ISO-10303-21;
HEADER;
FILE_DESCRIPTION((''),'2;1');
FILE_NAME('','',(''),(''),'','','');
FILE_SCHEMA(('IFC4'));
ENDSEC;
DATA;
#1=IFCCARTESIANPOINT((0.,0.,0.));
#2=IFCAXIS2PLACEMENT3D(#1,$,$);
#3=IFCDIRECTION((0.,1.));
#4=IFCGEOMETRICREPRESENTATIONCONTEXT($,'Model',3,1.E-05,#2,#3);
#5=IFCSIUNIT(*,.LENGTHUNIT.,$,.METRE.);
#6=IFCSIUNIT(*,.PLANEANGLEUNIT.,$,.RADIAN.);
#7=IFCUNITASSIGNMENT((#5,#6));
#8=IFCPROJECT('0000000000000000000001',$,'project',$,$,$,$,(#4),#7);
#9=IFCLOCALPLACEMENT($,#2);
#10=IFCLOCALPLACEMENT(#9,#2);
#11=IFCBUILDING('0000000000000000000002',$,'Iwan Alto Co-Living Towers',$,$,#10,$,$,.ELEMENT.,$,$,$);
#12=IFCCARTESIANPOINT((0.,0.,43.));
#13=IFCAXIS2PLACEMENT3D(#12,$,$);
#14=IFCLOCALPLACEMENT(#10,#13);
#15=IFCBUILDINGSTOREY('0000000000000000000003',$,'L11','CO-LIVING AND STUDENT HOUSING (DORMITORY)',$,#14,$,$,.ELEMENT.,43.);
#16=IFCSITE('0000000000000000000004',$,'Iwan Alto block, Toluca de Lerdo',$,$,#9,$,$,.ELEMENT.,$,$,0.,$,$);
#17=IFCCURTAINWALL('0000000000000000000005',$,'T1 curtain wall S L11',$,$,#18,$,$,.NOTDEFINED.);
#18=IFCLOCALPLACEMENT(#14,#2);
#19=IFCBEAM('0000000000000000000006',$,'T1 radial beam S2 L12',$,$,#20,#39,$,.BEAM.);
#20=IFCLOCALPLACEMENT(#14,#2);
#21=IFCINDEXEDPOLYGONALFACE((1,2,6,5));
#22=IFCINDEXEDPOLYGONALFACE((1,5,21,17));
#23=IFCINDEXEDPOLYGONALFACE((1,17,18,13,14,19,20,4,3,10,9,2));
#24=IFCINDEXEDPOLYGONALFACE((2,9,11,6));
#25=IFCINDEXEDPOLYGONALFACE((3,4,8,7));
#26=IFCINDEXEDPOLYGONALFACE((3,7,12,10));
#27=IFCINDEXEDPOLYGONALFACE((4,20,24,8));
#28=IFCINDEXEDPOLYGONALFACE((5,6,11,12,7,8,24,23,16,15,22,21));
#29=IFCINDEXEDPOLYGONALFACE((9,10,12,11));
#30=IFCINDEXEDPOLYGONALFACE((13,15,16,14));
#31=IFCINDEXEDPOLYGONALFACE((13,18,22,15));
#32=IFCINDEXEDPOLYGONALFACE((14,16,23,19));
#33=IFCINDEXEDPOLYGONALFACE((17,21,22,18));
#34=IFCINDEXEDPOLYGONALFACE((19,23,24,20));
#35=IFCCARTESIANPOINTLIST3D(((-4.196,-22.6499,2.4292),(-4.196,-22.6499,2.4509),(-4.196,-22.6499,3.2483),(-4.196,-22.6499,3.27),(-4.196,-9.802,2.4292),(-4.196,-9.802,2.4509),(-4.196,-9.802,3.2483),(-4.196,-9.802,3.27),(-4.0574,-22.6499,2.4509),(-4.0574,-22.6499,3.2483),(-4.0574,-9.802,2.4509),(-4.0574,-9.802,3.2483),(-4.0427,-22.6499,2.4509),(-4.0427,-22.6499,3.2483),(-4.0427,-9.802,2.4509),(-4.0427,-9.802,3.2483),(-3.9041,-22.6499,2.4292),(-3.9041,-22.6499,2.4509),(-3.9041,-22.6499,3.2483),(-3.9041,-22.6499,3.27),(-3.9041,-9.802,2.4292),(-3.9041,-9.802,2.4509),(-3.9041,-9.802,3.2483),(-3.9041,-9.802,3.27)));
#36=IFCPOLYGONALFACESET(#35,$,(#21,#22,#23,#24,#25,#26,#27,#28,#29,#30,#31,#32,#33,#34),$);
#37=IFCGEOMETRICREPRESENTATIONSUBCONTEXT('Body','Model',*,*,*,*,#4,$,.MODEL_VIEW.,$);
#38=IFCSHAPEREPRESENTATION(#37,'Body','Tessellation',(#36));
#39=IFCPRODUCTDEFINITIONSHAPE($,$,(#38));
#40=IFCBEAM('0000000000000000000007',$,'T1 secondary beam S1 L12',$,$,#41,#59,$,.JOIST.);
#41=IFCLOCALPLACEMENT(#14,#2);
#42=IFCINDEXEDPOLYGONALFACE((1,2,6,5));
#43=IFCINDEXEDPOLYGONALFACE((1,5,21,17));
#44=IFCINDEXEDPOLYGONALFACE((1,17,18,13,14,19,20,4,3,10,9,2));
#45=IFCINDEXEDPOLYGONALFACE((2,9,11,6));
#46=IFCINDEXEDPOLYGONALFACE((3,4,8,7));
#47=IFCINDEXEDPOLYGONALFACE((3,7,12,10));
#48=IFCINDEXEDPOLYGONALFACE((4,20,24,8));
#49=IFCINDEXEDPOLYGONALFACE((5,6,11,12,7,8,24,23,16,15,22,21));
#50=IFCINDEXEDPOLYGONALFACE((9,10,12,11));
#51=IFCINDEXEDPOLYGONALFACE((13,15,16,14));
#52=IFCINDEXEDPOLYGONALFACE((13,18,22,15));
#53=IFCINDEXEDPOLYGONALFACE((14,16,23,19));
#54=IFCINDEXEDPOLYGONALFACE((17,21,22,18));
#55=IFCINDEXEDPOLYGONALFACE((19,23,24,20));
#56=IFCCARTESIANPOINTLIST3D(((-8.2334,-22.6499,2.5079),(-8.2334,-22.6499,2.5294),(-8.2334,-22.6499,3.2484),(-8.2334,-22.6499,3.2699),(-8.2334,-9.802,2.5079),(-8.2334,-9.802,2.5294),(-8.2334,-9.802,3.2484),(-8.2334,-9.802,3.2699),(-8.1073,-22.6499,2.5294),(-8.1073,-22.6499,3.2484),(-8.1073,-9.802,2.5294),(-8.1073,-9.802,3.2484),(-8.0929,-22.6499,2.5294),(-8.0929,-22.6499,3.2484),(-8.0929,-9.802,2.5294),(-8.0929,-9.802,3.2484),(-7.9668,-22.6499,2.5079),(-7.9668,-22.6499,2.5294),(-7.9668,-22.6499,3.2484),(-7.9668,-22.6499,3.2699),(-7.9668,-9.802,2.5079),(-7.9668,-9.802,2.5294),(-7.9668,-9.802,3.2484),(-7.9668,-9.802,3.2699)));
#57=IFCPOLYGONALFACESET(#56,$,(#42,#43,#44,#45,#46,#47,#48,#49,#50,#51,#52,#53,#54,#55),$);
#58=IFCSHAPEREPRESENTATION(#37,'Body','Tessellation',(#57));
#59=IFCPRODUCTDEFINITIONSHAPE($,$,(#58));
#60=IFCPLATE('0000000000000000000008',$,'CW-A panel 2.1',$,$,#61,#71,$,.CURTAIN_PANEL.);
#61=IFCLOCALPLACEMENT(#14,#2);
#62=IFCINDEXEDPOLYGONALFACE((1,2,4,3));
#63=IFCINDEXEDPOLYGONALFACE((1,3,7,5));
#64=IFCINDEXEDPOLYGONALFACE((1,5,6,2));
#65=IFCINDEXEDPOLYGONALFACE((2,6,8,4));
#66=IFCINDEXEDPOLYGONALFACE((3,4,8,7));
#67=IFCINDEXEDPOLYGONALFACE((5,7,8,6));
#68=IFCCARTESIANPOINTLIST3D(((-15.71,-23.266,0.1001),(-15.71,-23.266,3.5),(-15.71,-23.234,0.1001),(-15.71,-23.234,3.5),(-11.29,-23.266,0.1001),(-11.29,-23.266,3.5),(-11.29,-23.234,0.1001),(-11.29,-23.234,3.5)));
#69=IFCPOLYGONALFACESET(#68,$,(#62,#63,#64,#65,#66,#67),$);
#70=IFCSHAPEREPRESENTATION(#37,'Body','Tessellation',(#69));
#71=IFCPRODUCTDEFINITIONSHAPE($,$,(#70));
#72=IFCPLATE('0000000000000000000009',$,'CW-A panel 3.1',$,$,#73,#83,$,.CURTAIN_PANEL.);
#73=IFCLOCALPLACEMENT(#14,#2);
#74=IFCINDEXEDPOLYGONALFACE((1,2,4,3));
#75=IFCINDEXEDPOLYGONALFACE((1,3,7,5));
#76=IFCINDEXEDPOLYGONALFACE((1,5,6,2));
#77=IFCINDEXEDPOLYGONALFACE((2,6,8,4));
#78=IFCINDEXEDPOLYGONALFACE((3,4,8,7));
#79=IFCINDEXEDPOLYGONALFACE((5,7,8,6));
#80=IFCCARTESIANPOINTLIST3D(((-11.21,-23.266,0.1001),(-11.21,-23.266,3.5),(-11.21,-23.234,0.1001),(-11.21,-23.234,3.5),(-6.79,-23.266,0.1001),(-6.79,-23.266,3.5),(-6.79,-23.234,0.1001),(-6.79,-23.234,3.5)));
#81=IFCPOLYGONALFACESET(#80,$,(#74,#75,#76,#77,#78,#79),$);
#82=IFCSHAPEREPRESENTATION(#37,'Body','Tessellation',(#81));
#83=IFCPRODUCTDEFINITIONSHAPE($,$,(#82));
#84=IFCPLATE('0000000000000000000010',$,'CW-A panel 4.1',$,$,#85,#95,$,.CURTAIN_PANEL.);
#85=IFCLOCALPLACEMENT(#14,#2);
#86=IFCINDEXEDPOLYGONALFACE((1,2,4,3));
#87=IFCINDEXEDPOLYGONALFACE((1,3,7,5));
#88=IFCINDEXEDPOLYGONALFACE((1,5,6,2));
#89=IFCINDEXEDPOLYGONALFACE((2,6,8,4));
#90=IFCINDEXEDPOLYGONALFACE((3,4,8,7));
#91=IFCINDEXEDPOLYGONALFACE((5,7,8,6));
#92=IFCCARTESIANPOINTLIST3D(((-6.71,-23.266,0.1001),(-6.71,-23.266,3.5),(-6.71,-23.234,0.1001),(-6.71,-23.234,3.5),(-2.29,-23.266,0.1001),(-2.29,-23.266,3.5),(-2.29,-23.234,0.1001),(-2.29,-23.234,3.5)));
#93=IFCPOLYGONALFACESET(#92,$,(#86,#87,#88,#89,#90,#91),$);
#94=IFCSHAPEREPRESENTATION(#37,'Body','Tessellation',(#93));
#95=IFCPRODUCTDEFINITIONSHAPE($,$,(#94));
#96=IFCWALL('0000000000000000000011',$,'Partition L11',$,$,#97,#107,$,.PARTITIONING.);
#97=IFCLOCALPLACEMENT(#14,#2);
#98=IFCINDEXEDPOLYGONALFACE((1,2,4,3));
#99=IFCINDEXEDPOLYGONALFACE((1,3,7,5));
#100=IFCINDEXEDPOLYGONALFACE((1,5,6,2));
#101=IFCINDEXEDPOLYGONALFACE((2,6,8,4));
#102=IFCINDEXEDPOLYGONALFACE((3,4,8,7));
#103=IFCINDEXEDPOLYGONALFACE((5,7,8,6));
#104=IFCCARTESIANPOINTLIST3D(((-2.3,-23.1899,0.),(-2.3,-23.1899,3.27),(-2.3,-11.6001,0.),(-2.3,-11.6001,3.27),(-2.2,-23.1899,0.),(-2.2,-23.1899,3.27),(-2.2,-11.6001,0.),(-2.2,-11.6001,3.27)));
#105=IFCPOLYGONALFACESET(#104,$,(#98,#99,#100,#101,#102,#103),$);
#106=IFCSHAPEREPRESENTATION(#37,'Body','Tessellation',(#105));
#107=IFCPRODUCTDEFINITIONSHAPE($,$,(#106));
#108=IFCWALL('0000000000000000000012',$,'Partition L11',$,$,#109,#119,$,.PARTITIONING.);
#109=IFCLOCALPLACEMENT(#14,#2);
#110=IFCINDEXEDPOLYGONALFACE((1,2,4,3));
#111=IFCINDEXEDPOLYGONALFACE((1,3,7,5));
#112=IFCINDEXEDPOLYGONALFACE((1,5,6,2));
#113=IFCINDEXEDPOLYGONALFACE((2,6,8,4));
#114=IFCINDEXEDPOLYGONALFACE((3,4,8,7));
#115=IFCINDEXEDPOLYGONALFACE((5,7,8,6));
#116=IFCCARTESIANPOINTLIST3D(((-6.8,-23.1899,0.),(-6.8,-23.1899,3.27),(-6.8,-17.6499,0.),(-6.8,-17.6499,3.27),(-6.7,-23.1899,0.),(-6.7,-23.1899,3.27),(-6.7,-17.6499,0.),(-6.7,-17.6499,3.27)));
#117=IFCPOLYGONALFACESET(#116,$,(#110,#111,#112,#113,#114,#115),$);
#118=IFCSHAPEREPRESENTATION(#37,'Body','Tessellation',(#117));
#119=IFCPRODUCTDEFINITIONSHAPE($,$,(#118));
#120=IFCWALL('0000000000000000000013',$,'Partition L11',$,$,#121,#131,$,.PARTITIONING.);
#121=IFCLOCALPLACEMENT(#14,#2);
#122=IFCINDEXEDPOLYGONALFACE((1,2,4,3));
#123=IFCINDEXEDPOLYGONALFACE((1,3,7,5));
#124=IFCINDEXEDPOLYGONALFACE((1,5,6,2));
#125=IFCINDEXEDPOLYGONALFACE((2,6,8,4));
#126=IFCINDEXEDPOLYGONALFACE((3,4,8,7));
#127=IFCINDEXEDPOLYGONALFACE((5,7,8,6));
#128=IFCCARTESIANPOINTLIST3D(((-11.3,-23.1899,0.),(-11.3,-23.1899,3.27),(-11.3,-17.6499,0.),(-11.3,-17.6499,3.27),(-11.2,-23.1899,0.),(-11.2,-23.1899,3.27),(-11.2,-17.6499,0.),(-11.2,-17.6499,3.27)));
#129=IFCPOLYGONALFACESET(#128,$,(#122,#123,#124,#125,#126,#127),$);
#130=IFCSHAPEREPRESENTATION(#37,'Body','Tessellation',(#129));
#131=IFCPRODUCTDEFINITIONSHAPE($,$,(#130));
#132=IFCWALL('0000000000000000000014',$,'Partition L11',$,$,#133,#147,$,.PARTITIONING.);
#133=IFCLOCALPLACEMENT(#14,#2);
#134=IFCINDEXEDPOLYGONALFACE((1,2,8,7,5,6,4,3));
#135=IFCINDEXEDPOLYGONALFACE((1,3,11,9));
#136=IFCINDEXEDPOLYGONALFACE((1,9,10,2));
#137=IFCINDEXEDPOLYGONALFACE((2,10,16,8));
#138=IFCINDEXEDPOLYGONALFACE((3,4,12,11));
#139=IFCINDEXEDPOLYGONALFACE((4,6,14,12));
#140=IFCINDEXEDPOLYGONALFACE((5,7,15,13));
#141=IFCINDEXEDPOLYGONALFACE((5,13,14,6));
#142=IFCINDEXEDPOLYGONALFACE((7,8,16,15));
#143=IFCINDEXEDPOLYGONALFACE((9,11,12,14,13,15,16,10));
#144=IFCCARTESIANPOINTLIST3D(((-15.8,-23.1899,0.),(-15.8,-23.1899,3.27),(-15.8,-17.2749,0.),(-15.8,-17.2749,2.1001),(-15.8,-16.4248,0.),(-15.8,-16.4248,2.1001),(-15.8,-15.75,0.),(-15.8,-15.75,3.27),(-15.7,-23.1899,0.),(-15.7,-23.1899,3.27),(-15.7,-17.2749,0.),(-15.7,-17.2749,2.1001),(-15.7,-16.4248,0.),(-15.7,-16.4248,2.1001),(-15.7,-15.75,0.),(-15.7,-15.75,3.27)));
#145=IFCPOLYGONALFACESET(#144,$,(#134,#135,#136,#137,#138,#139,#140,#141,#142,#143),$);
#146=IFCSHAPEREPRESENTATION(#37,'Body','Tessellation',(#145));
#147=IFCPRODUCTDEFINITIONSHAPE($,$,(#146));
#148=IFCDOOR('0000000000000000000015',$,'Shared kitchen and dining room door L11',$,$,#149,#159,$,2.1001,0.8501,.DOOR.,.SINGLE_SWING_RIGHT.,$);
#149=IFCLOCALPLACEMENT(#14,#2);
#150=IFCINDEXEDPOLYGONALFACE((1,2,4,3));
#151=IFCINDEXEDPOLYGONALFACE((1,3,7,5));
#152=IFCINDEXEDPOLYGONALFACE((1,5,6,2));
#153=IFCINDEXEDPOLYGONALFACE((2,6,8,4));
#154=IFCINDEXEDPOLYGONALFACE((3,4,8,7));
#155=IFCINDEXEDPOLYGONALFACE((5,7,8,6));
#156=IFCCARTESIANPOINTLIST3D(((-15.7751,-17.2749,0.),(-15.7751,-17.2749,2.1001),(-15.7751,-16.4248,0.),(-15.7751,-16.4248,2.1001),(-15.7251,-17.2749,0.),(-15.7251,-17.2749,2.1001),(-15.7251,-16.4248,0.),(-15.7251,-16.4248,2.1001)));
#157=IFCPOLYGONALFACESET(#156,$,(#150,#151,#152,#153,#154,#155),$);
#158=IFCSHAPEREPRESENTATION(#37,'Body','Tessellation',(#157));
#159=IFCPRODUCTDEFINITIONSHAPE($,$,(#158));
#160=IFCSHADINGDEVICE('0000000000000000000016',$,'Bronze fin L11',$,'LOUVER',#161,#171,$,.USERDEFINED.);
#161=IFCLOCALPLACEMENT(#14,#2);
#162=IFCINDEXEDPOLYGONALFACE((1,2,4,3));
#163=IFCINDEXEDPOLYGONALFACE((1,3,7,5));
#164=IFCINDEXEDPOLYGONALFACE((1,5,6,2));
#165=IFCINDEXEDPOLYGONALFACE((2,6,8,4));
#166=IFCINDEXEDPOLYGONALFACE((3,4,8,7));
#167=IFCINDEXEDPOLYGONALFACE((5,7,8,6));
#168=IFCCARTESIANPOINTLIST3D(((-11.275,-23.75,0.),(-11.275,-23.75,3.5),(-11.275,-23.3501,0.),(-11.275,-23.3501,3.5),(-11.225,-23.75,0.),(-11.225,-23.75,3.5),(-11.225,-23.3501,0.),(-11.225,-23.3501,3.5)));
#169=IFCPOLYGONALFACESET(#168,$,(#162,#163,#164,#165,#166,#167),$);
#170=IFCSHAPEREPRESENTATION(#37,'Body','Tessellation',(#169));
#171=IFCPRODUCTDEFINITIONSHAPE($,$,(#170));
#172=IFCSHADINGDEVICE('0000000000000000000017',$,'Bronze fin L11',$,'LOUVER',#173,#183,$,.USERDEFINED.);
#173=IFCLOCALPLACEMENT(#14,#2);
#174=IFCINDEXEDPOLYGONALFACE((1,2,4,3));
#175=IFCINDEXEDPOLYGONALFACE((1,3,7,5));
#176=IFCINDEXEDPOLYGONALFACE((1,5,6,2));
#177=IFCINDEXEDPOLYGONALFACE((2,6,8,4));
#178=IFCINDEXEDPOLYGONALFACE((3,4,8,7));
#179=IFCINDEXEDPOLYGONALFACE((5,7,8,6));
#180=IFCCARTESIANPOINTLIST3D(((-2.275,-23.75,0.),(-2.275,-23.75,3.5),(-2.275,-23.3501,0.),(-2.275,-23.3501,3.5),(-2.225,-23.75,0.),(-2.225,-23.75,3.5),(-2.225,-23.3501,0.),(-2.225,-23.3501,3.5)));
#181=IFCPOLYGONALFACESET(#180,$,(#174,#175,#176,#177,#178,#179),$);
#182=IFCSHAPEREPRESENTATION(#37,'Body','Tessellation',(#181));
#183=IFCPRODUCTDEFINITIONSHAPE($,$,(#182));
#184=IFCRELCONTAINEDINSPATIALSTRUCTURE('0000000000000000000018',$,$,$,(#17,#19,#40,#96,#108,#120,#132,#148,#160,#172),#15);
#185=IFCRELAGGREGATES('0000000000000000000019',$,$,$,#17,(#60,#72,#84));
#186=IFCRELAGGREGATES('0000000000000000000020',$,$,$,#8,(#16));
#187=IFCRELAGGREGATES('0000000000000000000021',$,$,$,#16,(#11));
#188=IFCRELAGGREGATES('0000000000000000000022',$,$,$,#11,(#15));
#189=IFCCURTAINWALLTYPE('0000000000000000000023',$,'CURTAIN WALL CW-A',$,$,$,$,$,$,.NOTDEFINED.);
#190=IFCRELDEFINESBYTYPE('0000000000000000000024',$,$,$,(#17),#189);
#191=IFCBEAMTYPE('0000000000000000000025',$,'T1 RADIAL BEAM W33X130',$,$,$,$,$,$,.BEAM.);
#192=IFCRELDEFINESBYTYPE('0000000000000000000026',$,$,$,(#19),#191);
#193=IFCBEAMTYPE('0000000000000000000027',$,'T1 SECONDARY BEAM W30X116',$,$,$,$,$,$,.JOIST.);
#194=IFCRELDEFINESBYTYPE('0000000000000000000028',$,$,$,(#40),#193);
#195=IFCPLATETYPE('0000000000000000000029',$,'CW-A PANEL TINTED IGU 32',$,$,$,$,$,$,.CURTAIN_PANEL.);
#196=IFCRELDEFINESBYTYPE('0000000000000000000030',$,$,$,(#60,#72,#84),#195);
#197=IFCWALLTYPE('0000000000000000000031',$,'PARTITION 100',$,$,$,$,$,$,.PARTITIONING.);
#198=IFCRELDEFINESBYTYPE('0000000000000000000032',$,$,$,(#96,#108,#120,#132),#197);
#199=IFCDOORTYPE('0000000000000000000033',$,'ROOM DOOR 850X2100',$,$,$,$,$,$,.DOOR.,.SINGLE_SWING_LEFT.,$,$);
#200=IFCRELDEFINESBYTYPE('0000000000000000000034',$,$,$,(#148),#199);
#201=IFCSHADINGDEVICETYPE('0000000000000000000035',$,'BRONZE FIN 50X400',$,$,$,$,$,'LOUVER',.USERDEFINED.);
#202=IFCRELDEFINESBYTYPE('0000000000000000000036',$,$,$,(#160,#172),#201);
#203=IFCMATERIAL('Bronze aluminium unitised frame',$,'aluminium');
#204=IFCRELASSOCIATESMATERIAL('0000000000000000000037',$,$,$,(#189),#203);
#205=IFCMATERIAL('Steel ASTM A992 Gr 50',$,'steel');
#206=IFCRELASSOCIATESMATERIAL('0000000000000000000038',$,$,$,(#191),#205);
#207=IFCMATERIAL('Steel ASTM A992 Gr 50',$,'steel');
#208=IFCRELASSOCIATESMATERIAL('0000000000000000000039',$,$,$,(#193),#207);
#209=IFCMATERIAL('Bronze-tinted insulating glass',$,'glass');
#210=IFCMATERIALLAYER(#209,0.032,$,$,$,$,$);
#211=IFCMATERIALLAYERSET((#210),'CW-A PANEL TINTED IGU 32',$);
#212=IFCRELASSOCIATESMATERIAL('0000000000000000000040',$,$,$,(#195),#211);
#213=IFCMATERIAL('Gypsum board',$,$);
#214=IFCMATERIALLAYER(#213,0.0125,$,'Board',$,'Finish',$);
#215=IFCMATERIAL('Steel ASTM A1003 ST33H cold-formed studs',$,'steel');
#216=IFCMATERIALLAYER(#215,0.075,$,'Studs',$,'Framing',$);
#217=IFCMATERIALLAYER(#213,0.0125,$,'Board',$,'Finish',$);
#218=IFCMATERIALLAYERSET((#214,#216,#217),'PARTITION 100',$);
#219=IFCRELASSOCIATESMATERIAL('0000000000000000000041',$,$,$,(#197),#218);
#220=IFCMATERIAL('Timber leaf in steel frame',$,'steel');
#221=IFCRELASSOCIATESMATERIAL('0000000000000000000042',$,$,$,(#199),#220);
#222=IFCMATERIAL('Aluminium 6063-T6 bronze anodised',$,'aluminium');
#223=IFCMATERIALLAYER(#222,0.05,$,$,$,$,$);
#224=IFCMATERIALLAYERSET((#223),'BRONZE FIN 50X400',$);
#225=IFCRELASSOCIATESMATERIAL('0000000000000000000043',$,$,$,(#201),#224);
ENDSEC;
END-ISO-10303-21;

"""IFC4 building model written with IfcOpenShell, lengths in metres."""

from ifc_helpers import new_model, si_unit, direction, frame, frame_2d, origin, origin_2d, place, context, subcontext, project, spatial, rectangle, i_section, extrude, material, layer, layer_set, material_profile, profile_set, type_object, element, fill, aggregate, save


model = new_model("IFC4")

# Units and contexts
model_context = context("Model", 3, precision=1e-05, world=origin(), true_north=direction((0.0, 1.0)))
body_context = subcontext(model_context, "Body", "Model", "MODEL_VIEW")
ifc_project = project(units=[si_unit("LENGTHUNIT", "METRE"), si_unit("PLANEANGLEUNIT", "RADIAN")], contexts=[model_context])

# Site, building, storey
site_placement = place(None, origin())
site = spatial("IfcSite", under=ifc_project, at=site_placement, Name="Iwan Alto block, Toluca de Lerdo", CompositionType="ELEMENT", RefElevation=0.0)
building_placement = place(site_placement, origin())
building = spatial("IfcBuilding", under=site, at=building_placement, Name="Iwan Alto Co-Living Towers", CompositionType="ELEMENT")
storey_placement = place(building_placement, frame((0.0, 0.0, 43.0)))
storey = spatial("IfcBuildingStorey", under=building, at=storey_placement, Name="L11", Description="CO-LIVING AND STUDENT HOUSING (DORMITORY)", CompositionType="ELEMENT", Elevation=43.0)

# Curtain wall
ifc_material_1 = material(Name="Bronze aluminium unitised frame", Category="aluminium")
curtain_wall_type = type_object("IfcCurtainWallType", Name="CURTAIN WALL CW-A", PredefinedType="NOTDEFINED", material=ifc_material_1)
curtain_wall_placement = place(storey_placement, origin())
curtain_wall = element("IfcCurtainWall", 1, at=curtain_wall_placement, inside=storey, type_object=curtain_wall_type, Name="T1 curtain wall S L11", PredefinedType="NOTDEFINED")

# Beams
ifc_material_2 = material(Name="Steel ASTM A992 Gr 50", Category="steel")
ifc_material_profile_1 = material_profile(ifc_material_2, i_section(OverallWidth=0.292, OverallDepth=0.8408, WebThickness=0.0146, FlangeThickness=0.0217, at=origin_2d()), Name="W33X130")
ifc_profile_set_1 = profile_set([ifc_material_profile_1], Name="Steel ASTM A992 Gr 50")
beam_type_1 = type_object("IfcBeamType", Name="T1 RADIAL BEAM W33X130", PredefinedType="BEAM", material=ifc_profile_set_1)
beam_1_placement = place(storey_placement, frame((-4.05, -22.6499, 2.8496), z_axis=(0.0, 1.0, 0.0), x_axis=(-1.0, 0.0, 0.0)))
element("IfcBeam", 2, at=beam_1_placement, inside=storey, type_object=beam_type_1, Name="T1 radial beam S2 L12", PredefinedType="BEAM", context=body_context, shape_type="SweptSolid", body=[
    extrude(i_section(OverallWidth=0.292, OverallDepth=0.8408, WebThickness=0.0146, FlangeThickness=0.0217, at=origin_2d()), origin(), (0.0, 0.0, 1.0), 12.8479),
])
ifc_material_3 = material(Name="Steel ASTM A992 Gr 50", Category="steel")
ifc_material_profile_2 = material_profile(ifc_material_3, i_section(OverallWidth=0.2666, OverallDepth=0.762, WebThickness=0.0144, FlangeThickness=0.0215, at=origin_2d()), Name="W30X116")
ifc_profile_set_2 = profile_set([ifc_material_profile_2], Name="Steel ASTM A992 Gr 50")
beam_type_2 = type_object("IfcBeamType", Name="T1 SECONDARY BEAM W30X116", PredefinedType="JOIST", material=ifc_profile_set_2)
beam_2_placement = place(storey_placement, frame((-8.1001, -22.6499, 2.8889), z_axis=(0.0, 1.0, 0.0), x_axis=(-1.0, 0.0, 0.0)))
element("IfcBeam", 3, at=beam_2_placement, inside=storey, type_object=beam_type_2, Name="T1 secondary beam S1 L12", PredefinedType="JOIST", context=body_context, shape_type="SweptSolid", body=[
    extrude(i_section(OverallWidth=0.2666, OverallDepth=0.762, WebThickness=0.0144, FlangeThickness=0.0215, at=origin_2d()), origin(), (0.0, 0.0, 1.0), 12.8479),
])

# Plates
ifc_material_4 = material(Name="Bronze-tinted insulating glass", Category="glass")
ifc_layer_1 = layer(ifc_material_4, 0.032)
ifc_layer_set_1 = layer_set([ifc_layer_1], Name="CW-A PANEL TINTED IGU 32")
plate_type = type_object("IfcPlateType", Name="CW-A PANEL TINTED IGU 32", PredefinedType="CURTAIN_PANEL", material=ifc_layer_set_1)
plate_1_placement = place(storey_placement, frame((-13.5, -23.25, 0.1001), z_axis=(0.0, 0.0, 1.0), x_axis=(1.0, 0.0, 0.0)))
plate_1 = element("IfcPlate", 4, at=plate_1_placement, type_object=plate_type, Name="CW-A panel 2.1", PredefinedType="CURTAIN_PANEL", context=body_context, shape_type="SweptSolid", body=[
    extrude(rectangle(XDim=4.4199, YDim=0.032, at=origin_2d()), origin(), (0.0, 0.0, 1.0), 3.3999),
])
plate_2_placement = place(storey_placement, frame((-9.0, -23.25, 0.1001), z_axis=(0.0, 0.0, 1.0), x_axis=(1.0, 0.0, 0.0)))
plate_2 = element("IfcPlate", 5, at=plate_2_placement, type_object=plate_type, Name="CW-A panel 3.1", PredefinedType="CURTAIN_PANEL", context=body_context, shape_type="SweptSolid", body=[
    extrude(rectangle(XDim=4.4199, YDim=0.032, at=origin_2d()), origin(), (0.0, 0.0, 1.0), 3.3999),
])
plate_3_placement = place(storey_placement, frame((-4.5, -23.25, 0.1001), z_axis=(0.0, 0.0, 1.0), x_axis=(1.0, 0.0, 0.0)))
plate_3 = element("IfcPlate", 6, at=plate_3_placement, type_object=plate_type, Name="CW-A panel 4.1", PredefinedType="CURTAIN_PANEL", context=body_context, shape_type="SweptSolid", body=[
    extrude(rectangle(XDim=4.4199, YDim=0.032, at=origin_2d()), origin(), (0.0, 0.0, 1.0), 3.3999),
])
aggregate(curtain_wall, [plate_1, plate_2, plate_3])

# Walls
ifc_material_5 = material(Name="Gypsum board")
ifc_layer_2 = layer(ifc_material_5, 0.0125, Name="Board", Category="Finish")
ifc_material_6 = material(Name="Steel ASTM A1003 ST33H cold-formed studs", Category="steel")
ifc_layer_3 = layer(ifc_material_6, 0.075, Name="Studs", Category="Framing")
ifc_layer_4 = layer(ifc_material_5, 0.0125, Name="Board", Category="Finish")
ifc_layer_set_2 = layer_set([ifc_layer_2, ifc_layer_3, ifc_layer_4], Name="PARTITION 100")
wall_type = type_object("IfcWallType", Name="PARTITION 100", PredefinedType="PARTITIONING", material=ifc_layer_set_2)
wall_1_placement = place(storey_placement, frame((-2.25, -23.1899, 0.0), z_axis=(0.0, 0.0, 1.0), x_axis=(0.0, 1.0, 0.0)))
element("IfcWall", 7, at=wall_1_placement, inside=storey, type_object=wall_type, Name="Partition L11", PredefinedType="PARTITIONING", context=body_context, shape_type="SweptSolid", body=[
    extrude(rectangle(XDim=11.5898, YDim=0.1001, at=frame_2d((5.7949, 0.0))), origin(), (0.0, 0.0, 1.0), 3.27),
])
for number, where, z_axis, x_axis, name in (
    (8, (-6.75, -23.1899, 0.0), (0.0, 0.0, 1.0), (0.0, 1.0, 0.0), "Partition L11"),
    (9, (-11.25, -23.1899, 0.0), (0.0, 0.0, 1.0), (0.0, 1.0, 0.0), "Partition L11"),
):
    element("IfcWall", number, at=place(storey_placement, frame(where, z_axis=z_axis, x_axis=x_axis)), inside=storey, type_object=wall_type, Name=name, PredefinedType="PARTITIONING", context=body_context, shape_type="SweptSolid", body=[
        extrude(rectangle(XDim=5.54, YDim=0.1001, at=frame_2d((2.77, 0.0))), origin(), (0.0, 0.0, 1.0), 3.27),
    ])

# Wall, opening, door
wall_2_placement = place(storey_placement, frame((-15.75, -23.1899, 0.0), z_axis=(0.0, 0.0, 1.0), x_axis=(0.0, 1.0, 0.0)))
wall_2 = element("IfcWall", 10, at=wall_2_placement, inside=storey, type_object=wall_type, Name="Partition L11", PredefinedType="PARTITIONING", context=body_context, shape_type="SweptSolid", body=[
    extrude(rectangle(XDim=7.4399, YDim=0.1001, at=frame_2d((3.72, 0.0))), origin(), (0.0, 0.0, 1.0), 3.27),
])
opening_placement = place(wall_2_placement, frame((5.915, 0.0, 0.0)))
opening = element("IfcOpeningElement", 11, at=opening_placement, cuts=wall_2, PredefinedType="OPENING", context=body_context, shape_type="SweptSolid", body=[
    extrude(rectangle(XDim=0.8501, YDim=2.1001, at=frame_2d((0.425, 1.05))), frame((0.0, 0.0601, 0.0), z_axis=(0.0, -1.0, 0.0), x_axis=(1.0, 0.0, 0.0)), (0.0, 0.0, 1.0), 0.1201),
])
ifc_material_7 = material(Name="Timber leaf in steel frame", Category="steel")
door_type = type_object("IfcDoorType", Name="ROOM DOOR 850X2100", OperationType="SINGLE_SWING_LEFT", PredefinedType="DOOR", material=ifc_material_7)
door_placement = place(opening_placement, frame((0.8501, 0.0, 0.0), z_axis=(0.0, 0.0, 1.0), x_axis=(-1.0, 0.0, 0.0)))
door = element("IfcDoor", 12, at=door_placement, inside=storey, type_object=door_type, Name="Shared kitchen and dining room door L11", OperationType="SINGLE_SWING_RIGHT", OverallHeight=2.1001, OverallWidth=0.8501, PredefinedType="DOOR", context=body_context, shape_type="SweptSolid", body=[
    extrude(rectangle(XDim=0.8501, YDim=2.1001, at=frame_2d((0.425, 1.05))), frame((0.0, 0.0249, 0.0), z_axis=(0.0, -1.0, 0.0), x_axis=(1.0, 0.0, 0.0)), (0.0, 0.0, 1.0), 0.05),
])
fill(opening, door)

# Shading devices
ifc_material_8 = material(Name="Aluminium 6063-T6 bronze anodised", Category="aluminium")
ifc_layer_5 = layer(ifc_material_8, 0.05)
ifc_layer_set_3 = layer_set([ifc_layer_5], Name="BRONZE FIN 50X400")
shading_device_type = type_object("IfcShadingDeviceType", Name="BRONZE FIN 50X400", ElementType="LOUVER", PredefinedType="USERDEFINED", material=ifc_layer_set_3)
for number, where, z_axis, x_axis, name in (
    (13, (-11.25, -23.55, 0.0), (0.0, 0.0, 1.0), (1.0, 0.0, 0.0), "Bronze fin L11"),
    (14, (-2.25, -23.55, 0.0), (0.0, 0.0, 1.0), (1.0, 0.0, 0.0), "Bronze fin L11"),
):
    element("IfcShadingDevice", number, at=place(storey_placement, frame(where, z_axis=z_axis, x_axis=x_axis)), inside=storey, type_object=shading_device_type, Name=name, ObjectType="LOUVER", PredefinedType="USERDEFINED", context=body_context, shape_type="SweptSolid", body=[
        extrude(rectangle(XDim=0.05, YDim=0.3999, at=origin_2d()), origin(), (0.0, 0.0, 1.0), 3.5),
    ])

save(model, "model.ifc")
